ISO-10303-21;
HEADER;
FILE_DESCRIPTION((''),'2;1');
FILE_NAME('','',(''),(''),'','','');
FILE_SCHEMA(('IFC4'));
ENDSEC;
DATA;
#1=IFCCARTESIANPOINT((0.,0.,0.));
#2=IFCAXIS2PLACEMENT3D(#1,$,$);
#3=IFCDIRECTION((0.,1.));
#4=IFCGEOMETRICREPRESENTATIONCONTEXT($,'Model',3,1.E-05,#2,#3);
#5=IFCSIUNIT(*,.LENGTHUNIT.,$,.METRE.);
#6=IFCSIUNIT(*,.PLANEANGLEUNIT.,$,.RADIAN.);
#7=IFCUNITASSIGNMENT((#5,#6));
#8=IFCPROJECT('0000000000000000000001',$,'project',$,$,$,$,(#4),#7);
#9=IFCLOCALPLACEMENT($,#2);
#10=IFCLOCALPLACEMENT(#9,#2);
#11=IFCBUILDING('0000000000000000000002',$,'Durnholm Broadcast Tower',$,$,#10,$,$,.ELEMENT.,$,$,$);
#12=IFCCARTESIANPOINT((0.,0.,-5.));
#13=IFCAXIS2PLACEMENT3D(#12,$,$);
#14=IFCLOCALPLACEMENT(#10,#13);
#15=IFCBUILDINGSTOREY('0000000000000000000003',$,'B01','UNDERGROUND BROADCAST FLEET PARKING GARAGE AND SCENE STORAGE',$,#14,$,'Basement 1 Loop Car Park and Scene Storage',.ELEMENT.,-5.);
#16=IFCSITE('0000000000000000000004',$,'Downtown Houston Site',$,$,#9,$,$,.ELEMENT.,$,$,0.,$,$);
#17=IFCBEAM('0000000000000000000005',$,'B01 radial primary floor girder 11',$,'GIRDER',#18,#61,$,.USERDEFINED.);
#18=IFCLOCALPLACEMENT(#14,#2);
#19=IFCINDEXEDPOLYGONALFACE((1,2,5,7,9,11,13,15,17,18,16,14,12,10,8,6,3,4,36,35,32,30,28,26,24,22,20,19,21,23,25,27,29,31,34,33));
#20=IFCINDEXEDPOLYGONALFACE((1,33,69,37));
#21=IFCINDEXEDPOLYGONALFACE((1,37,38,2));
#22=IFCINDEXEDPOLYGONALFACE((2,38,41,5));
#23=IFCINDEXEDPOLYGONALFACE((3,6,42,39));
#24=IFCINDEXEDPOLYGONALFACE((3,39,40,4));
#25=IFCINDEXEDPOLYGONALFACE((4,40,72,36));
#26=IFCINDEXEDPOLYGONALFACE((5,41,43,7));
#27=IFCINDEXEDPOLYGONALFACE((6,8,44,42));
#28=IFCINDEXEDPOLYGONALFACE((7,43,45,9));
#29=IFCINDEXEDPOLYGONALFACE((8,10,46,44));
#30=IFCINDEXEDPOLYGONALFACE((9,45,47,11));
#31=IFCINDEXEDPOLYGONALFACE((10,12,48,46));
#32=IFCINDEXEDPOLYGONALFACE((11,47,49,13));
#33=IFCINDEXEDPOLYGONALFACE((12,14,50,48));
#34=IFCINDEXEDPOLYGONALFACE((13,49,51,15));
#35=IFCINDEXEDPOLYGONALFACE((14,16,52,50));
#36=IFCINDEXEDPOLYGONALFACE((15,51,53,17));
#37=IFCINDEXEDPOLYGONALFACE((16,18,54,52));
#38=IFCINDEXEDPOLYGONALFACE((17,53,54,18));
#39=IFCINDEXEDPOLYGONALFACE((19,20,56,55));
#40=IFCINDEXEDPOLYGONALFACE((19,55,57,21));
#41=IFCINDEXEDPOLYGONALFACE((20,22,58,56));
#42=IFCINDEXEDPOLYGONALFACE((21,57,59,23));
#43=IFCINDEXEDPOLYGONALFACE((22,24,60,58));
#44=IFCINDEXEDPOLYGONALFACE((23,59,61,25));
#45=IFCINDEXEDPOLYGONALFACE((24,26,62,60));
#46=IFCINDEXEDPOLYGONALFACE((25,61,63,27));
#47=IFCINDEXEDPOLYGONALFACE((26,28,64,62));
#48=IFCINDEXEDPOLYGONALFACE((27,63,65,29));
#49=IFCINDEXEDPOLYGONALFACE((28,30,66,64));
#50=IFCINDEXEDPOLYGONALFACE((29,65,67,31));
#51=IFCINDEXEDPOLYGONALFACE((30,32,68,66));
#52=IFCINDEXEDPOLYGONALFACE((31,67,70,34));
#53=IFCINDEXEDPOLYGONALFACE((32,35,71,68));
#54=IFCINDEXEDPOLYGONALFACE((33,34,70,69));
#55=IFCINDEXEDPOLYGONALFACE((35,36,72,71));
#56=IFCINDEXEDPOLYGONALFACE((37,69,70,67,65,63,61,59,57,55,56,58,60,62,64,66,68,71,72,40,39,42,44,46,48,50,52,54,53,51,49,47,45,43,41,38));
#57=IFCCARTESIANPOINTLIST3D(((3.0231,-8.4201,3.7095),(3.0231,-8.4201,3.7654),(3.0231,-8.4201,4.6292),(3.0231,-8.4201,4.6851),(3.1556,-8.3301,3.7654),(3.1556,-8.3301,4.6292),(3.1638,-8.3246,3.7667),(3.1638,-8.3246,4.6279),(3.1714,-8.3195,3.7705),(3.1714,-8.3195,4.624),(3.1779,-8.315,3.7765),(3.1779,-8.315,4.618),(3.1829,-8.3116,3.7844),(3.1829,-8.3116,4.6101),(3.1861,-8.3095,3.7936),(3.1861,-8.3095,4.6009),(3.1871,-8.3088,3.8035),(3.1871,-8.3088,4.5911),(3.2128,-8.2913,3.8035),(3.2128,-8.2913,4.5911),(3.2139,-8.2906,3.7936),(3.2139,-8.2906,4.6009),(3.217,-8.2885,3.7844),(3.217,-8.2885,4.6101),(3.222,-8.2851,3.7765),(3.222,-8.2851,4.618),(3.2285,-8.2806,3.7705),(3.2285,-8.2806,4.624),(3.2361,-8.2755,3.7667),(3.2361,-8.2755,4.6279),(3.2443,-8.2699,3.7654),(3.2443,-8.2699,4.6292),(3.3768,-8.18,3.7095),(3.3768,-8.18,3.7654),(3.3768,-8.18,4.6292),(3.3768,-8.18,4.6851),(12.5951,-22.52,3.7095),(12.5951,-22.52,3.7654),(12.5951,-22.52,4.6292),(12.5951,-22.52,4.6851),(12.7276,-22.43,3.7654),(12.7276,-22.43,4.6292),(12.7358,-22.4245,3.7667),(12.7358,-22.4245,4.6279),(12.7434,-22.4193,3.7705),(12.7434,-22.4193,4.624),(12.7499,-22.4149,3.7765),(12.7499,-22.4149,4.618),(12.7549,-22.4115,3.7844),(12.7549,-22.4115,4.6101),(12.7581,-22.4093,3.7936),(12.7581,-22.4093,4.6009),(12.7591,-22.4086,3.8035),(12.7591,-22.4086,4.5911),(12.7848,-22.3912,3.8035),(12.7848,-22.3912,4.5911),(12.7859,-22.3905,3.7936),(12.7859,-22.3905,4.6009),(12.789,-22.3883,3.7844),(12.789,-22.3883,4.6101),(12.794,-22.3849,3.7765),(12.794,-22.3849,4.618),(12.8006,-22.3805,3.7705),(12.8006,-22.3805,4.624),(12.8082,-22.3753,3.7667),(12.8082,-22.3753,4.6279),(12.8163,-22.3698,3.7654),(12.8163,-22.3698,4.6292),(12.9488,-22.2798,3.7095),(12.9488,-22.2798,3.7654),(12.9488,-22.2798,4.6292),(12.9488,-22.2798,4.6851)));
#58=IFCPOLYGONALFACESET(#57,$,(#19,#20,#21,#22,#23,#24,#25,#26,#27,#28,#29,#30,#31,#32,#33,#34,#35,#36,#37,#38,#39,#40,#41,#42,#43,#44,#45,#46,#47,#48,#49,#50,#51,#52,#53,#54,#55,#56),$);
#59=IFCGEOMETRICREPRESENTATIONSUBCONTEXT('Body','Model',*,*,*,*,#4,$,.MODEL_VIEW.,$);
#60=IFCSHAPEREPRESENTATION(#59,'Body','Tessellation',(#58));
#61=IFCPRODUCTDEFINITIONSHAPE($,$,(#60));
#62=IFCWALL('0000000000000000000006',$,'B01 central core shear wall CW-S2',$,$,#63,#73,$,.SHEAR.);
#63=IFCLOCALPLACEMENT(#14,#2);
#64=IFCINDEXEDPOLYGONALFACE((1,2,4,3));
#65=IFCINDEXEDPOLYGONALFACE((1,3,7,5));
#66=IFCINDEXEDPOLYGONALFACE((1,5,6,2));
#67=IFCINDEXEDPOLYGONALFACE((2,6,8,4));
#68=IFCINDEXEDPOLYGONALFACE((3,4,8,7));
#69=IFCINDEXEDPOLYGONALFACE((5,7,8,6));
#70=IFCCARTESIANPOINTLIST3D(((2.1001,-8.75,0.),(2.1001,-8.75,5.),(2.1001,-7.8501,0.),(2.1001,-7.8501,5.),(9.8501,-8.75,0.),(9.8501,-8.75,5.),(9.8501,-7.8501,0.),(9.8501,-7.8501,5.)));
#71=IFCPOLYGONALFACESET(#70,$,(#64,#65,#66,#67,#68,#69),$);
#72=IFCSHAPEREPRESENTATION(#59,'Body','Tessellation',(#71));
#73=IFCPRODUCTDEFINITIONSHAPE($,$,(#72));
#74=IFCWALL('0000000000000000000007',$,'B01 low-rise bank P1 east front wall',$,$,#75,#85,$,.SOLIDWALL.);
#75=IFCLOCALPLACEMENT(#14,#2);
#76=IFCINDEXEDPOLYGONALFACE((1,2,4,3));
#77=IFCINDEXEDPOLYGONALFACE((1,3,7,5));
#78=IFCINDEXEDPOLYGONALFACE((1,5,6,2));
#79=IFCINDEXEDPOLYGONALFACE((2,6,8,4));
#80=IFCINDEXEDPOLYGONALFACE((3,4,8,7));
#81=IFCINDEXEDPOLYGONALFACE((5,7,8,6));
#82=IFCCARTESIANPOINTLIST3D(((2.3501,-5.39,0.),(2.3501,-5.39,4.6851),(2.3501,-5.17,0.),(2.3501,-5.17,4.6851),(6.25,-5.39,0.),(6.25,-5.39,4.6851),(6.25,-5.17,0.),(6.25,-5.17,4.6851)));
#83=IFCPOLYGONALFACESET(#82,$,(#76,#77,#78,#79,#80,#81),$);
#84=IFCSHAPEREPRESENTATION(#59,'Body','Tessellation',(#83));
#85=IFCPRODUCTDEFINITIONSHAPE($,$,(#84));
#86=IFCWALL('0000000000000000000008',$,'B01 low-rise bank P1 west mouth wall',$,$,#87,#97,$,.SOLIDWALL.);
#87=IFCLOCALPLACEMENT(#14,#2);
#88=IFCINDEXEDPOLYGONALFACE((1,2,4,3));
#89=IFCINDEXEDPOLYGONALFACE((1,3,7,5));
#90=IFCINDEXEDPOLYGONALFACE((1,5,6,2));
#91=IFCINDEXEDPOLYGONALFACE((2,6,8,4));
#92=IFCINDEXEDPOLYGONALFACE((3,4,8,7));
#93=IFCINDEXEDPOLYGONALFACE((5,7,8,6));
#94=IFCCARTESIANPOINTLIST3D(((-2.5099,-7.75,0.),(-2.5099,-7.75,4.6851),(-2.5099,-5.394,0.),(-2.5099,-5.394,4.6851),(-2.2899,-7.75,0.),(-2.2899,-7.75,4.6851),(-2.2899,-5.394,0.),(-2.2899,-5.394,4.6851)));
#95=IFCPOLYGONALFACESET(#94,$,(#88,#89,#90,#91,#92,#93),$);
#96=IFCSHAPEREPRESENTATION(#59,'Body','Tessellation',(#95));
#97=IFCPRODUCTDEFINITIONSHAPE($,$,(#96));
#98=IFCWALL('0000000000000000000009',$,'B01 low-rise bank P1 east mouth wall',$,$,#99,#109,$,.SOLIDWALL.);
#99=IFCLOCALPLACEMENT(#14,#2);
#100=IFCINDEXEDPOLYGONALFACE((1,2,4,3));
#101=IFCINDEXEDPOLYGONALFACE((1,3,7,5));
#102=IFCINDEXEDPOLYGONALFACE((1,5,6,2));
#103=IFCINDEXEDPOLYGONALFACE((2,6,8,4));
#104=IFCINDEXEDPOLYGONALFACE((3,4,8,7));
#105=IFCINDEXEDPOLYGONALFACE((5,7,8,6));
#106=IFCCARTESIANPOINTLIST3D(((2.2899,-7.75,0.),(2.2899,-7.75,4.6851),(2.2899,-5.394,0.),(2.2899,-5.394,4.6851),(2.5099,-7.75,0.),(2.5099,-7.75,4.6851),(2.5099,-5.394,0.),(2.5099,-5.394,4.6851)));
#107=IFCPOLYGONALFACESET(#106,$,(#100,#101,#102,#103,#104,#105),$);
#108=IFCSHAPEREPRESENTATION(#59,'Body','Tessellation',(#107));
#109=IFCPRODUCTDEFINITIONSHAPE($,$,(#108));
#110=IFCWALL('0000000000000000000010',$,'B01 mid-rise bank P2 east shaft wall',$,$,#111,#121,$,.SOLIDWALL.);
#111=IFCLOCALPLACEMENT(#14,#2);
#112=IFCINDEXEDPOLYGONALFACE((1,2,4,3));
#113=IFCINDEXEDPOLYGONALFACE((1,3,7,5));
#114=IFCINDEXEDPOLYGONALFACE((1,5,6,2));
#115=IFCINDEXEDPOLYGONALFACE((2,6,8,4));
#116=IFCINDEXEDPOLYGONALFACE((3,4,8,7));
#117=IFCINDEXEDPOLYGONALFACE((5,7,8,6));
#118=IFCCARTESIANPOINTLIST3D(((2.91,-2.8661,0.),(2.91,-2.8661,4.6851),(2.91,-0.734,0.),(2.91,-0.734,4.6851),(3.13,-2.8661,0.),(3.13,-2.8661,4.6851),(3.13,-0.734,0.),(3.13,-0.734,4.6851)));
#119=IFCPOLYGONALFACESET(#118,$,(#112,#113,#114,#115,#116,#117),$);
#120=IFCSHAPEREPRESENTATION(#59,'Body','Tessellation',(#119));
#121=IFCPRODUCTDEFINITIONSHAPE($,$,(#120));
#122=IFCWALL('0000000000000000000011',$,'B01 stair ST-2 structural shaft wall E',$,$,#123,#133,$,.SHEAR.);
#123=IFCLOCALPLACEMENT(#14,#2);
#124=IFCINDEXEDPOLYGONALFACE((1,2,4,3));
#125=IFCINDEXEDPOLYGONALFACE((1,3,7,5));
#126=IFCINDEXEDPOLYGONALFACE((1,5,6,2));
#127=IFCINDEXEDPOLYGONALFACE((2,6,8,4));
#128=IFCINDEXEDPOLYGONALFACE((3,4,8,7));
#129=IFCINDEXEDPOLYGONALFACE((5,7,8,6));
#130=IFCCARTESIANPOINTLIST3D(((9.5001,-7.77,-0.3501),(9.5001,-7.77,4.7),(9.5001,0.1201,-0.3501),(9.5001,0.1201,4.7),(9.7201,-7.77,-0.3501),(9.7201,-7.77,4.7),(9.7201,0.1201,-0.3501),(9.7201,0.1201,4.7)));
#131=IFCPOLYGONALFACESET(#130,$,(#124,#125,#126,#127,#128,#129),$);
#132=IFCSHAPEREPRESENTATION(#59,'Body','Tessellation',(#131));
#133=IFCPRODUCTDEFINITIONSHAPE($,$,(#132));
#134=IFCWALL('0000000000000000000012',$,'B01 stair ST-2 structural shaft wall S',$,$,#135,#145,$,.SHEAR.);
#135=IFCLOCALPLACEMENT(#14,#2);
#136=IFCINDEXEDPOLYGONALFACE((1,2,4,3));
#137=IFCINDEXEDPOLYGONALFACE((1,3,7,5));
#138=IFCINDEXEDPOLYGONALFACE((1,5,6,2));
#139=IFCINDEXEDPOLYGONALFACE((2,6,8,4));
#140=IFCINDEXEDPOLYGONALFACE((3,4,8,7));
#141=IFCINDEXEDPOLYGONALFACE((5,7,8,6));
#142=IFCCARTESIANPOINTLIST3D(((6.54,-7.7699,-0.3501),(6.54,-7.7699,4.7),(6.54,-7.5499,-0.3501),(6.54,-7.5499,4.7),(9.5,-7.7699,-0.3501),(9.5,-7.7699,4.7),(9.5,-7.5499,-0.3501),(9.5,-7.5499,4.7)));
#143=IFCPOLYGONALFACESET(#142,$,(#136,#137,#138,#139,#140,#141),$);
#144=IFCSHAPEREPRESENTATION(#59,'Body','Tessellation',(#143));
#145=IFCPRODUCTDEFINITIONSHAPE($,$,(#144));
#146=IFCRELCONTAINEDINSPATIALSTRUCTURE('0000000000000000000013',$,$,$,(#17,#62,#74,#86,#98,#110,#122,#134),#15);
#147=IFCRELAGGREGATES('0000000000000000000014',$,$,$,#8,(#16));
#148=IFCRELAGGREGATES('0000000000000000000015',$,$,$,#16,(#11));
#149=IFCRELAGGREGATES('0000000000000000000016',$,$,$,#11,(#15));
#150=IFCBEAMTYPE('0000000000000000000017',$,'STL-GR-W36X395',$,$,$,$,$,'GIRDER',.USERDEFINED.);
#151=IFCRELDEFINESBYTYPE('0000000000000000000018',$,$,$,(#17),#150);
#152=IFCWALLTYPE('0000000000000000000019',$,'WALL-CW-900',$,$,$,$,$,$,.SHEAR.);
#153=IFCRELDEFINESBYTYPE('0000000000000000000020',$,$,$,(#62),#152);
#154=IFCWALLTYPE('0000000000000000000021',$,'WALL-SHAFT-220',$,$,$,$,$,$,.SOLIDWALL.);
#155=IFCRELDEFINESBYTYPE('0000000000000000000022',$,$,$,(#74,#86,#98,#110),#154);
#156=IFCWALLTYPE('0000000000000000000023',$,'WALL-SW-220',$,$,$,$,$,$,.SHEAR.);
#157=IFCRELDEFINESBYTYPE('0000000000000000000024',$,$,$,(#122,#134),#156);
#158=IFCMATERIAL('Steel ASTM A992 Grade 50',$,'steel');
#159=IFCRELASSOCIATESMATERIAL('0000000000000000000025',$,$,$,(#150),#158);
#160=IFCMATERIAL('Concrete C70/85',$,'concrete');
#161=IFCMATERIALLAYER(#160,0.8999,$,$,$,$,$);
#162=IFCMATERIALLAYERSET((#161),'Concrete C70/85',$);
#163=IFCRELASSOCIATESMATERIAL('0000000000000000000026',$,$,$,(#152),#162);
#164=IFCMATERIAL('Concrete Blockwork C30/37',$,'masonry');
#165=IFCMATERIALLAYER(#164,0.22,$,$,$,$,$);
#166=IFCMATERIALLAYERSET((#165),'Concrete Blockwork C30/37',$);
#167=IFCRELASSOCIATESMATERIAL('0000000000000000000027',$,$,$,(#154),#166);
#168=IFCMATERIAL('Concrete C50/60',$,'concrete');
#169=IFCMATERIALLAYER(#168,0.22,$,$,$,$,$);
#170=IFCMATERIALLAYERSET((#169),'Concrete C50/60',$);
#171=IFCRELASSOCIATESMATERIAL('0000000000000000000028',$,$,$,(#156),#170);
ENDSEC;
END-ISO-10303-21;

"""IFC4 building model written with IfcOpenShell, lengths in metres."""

from ifc_helpers import new_model, si_unit, direction, frame, frame_2d, origin, origin_2d, place, context, subcontext, project, spatial, rectangle, i_section, extrude, source, transform, mapped, material, layer, layer_set, material_profile, profile_set, type_object, element, save


model = new_model("IFC4")

# Units and contexts
model_context = context("Model", 3, precision=1e-05, world=origin(), true_north=direction((0.0, 1.0)))
body_context = subcontext(model_context, "Body", "Model", "MODEL_VIEW")
ifc_project = project(units=[si_unit("LENGTHUNIT", "METRE"), si_unit("PLANEANGLEUNIT", "RADIAN")], contexts=[model_context])

# Site, building, storey
site_placement = place(None, origin())
site = spatial("IfcSite", under=ifc_project, at=site_placement, Name="Downtown Houston Site", CompositionType="ELEMENT", RefElevation=0.0)
building_placement = place(site_placement, origin())
building = spatial("IfcBuilding", under=site, at=building_placement, Name="Durnholm Broadcast Tower", CompositionType="ELEMENT")
storey_placement = place(building_placement, frame((0.0, 0.0, -5.0)))
storey = spatial("IfcBuildingStorey", under=building, at=storey_placement, Name="B01", Description="UNDERGROUND BROADCAST FLEET PARKING GARAGE AND SCENE STORAGE", LongName="Basement 1 Loop Car Park and Scene Storage", CompositionType="ELEMENT", Elevation=-5.0)

# Shared definitions
ifc_material_1 = material(Name="Concrete C70/85", Category="concrete")

# Beam
ifc_material_2 = material(Name="Steel ASTM A992 Grade 50", Category="steel")
ifc_material_profile_1 = material_profile(ifc_material_2, i_section(OverallWidth=0.4275, OverallDepth=0.9756, WebThickness=0.031, FlangeThickness=0.0559, FilletRadius=0.0381, at=origin_2d()), Name="W36X395")
ifc_profile_set_1 = profile_set([ifc_material_profile_1], Name="Steel ASTM A992 Grade 50")
beam_type_1 = type_object("IfcBeamType", Name="STL-GR-W36X395", ElementType="GIRDER", PredefinedType="USERDEFINED", material=ifc_profile_set_1)
shared_shape_1 = source(origin(), body_context, "Body", "SweptSolid", [
    extrude(i_section(OverallWidth=0.4275, OverallDepth=0.9756, WebThickness=0.031, FlangeThickness=0.0559, FilletRadius=0.0381, at=origin_2d()), origin(), (0.0, 0.0, 1.0), 17.042),
])
beam_1_placement = place(storey_placement, frame((3.2, -8.3, 4.1973), z_axis=(0.561673, -0.82736, 0.0), x_axis=(0.82736, 0.561673, 0.0)))
element("IfcBeam", 1, at=beam_1_placement, inside=storey, type_object=beam_type_1, Name="B01 radial primary floor girder 11", ObjectType="GIRDER", PredefinedType="USERDEFINED", context=body_context, shape_type="MappedRepresentation", body=[
    mapped(shared_shape_1, transform((0.0, 0.0, 0.0), x_axis=(1.0, 0.0, 0.0), y_axis=(0.0, 1.0, 0.0), z_axis=(0.0, 0.0, 1.0), scale=1.0)),
])

# Wall
ifc_layer_1 = layer(ifc_material_1, 0.8999)
ifc_layer_set_1 = layer_set([ifc_layer_1], Name="Concrete C70/85")
wall_type_1 = type_object("IfcWallType", Name="WALL-CW-900", PredefinedType="SHEAR", material=ifc_layer_set_1)
wall_1_placement = place(storey_placement, frame((2.1001, -8.3, 0.0), z_axis=(0.0, 0.0, 1.0), x_axis=(1.0, 0.0, 0.0)))
element("IfcWall", 2, at=wall_1_placement, inside=storey, type_object=wall_type_1, Name="B01 central core shear wall CW-S2", PredefinedType="SHEAR", context=body_context, shape_type="SweptSolid", body=[
    extrude(rectangle(XDim=7.75, YDim=0.8999, at=frame_2d((3.875, 0.0))), origin(), (0.0, 0.0, 1.0), 5.0),
])

# Walls
ifc_material_3 = material(Name="Concrete Blockwork C30/37", Category="masonry")
ifc_layer_2 = layer(ifc_material_3, 0.22)
ifc_layer_set_2 = layer_set([ifc_layer_2], Name="Concrete Blockwork C30/37")
wall_type_2 = type_object("IfcWallType", Name="WALL-SHAFT-220", PredefinedType="SOLIDWALL", material=ifc_layer_set_2)
wall_2_placement = place(storey_placement, frame((2.3501, -5.28, 0.0), z_axis=(0.0, 0.0, 1.0), x_axis=(1.0, 0.0, 0.0)))
element("IfcWall", 3, at=wall_2_placement, inside=storey, type_object=wall_type_2, Name="B01 low-rise bank P1 east front wall", PredefinedType="SOLIDWALL", context=body_context, shape_type="SweptSolid", body=[
    extrude(rectangle(XDim=3.8999, YDim=0.22, at=frame_2d((1.95, 0.0))), origin(), (0.0, 0.0, 1.0), 4.6851),
])
for number, where, z_axis, x_axis, name in (
    (4, (-2.3999, -7.75, 0.0), (0.0, 0.0, 1.0), (0.0, 1.0, 0.0), "B01 low-rise bank P1 west mouth wall"),
    (5, (2.3999, -7.75, 0.0), (0.0, 0.0, 1.0), (0.0, 1.0, 0.0), "B01 low-rise bank P1 east mouth wall"),
):
    element("IfcWall", number, at=place(storey_placement, frame(where, z_axis=z_axis, x_axis=x_axis)), inside=storey, type_object=wall_type_2, Name=name, PredefinedType="SOLIDWALL", context=body_context, shape_type="SweptSolid", body=[
        extrude(rectangle(XDim=2.356, YDim=0.22, at=frame_2d((1.178, 0.0))), origin(), (0.0, 0.0, 1.0), 4.6851),
    ])
wall_3_placement = place(storey_placement, frame((3.02, -2.866, 0.0), z_axis=(0.0, 0.0, 1.0), x_axis=(0.0, 1.0, 0.0)))
element("IfcWall", 6, at=wall_3_placement, inside=storey, type_object=wall_type_2, Name="B01 mid-rise bank P2 east shaft wall", PredefinedType="SOLIDWALL", context=body_context, shape_type="SweptSolid", body=[
    extrude(rectangle(XDim=2.1321, YDim=0.22, at=frame_2d((1.0659, 0.0))), origin(), (0.0, 0.0, 1.0), 4.6851),
])
ifc_material_4 = material(Name="Concrete C50/60", Category="concrete")
ifc_layer_3 = layer(ifc_material_4, 0.22)
ifc_layer_set_3 = layer_set([ifc_layer_3], Name="Concrete C50/60")
wall_type_3 = type_object("IfcWallType", Name="WALL-SW-220", PredefinedType="SHEAR", material=ifc_layer_set_3)
wall_4_placement = place(storey_placement, frame((9.6101, -7.77, -0.3501), z_axis=(0.0, 0.0, 1.0), x_axis=(0.0, 1.0, 0.0)))
element("IfcWall", 7, at=wall_4_placement, inside=storey, type_object=wall_type_3, Name="B01 stair ST-2 structural shaft wall E", PredefinedType="SHEAR", context=body_context, shape_type="SweptSolid", body=[
    extrude(rectangle(XDim=7.8901, YDim=0.22, at=frame_2d((3.9451, 0.0))), origin(), (0.0, 0.0, 1.0), 5.05),
])
wall_5_placement = place(storey_placement, frame((6.54, -7.6599, -0.3501), z_axis=(0.0, 0.0, 1.0), x_axis=(1.0, 0.0, 0.0)))
element("IfcWall", 8, at=wall_5_placement, inside=storey, type_object=wall_type_3, Name="B01 stair ST-2 structural shaft wall S", PredefinedType="SHEAR", context=body_context, shape_type="SweptSolid", body=[
    extrude(rectangle(XDim=2.96, YDim=0.22, at=frame_2d((1.48, 0.0))), origin(), (0.0, 0.0, 1.0), 5.05),
])

save(model, "model.ifc")
